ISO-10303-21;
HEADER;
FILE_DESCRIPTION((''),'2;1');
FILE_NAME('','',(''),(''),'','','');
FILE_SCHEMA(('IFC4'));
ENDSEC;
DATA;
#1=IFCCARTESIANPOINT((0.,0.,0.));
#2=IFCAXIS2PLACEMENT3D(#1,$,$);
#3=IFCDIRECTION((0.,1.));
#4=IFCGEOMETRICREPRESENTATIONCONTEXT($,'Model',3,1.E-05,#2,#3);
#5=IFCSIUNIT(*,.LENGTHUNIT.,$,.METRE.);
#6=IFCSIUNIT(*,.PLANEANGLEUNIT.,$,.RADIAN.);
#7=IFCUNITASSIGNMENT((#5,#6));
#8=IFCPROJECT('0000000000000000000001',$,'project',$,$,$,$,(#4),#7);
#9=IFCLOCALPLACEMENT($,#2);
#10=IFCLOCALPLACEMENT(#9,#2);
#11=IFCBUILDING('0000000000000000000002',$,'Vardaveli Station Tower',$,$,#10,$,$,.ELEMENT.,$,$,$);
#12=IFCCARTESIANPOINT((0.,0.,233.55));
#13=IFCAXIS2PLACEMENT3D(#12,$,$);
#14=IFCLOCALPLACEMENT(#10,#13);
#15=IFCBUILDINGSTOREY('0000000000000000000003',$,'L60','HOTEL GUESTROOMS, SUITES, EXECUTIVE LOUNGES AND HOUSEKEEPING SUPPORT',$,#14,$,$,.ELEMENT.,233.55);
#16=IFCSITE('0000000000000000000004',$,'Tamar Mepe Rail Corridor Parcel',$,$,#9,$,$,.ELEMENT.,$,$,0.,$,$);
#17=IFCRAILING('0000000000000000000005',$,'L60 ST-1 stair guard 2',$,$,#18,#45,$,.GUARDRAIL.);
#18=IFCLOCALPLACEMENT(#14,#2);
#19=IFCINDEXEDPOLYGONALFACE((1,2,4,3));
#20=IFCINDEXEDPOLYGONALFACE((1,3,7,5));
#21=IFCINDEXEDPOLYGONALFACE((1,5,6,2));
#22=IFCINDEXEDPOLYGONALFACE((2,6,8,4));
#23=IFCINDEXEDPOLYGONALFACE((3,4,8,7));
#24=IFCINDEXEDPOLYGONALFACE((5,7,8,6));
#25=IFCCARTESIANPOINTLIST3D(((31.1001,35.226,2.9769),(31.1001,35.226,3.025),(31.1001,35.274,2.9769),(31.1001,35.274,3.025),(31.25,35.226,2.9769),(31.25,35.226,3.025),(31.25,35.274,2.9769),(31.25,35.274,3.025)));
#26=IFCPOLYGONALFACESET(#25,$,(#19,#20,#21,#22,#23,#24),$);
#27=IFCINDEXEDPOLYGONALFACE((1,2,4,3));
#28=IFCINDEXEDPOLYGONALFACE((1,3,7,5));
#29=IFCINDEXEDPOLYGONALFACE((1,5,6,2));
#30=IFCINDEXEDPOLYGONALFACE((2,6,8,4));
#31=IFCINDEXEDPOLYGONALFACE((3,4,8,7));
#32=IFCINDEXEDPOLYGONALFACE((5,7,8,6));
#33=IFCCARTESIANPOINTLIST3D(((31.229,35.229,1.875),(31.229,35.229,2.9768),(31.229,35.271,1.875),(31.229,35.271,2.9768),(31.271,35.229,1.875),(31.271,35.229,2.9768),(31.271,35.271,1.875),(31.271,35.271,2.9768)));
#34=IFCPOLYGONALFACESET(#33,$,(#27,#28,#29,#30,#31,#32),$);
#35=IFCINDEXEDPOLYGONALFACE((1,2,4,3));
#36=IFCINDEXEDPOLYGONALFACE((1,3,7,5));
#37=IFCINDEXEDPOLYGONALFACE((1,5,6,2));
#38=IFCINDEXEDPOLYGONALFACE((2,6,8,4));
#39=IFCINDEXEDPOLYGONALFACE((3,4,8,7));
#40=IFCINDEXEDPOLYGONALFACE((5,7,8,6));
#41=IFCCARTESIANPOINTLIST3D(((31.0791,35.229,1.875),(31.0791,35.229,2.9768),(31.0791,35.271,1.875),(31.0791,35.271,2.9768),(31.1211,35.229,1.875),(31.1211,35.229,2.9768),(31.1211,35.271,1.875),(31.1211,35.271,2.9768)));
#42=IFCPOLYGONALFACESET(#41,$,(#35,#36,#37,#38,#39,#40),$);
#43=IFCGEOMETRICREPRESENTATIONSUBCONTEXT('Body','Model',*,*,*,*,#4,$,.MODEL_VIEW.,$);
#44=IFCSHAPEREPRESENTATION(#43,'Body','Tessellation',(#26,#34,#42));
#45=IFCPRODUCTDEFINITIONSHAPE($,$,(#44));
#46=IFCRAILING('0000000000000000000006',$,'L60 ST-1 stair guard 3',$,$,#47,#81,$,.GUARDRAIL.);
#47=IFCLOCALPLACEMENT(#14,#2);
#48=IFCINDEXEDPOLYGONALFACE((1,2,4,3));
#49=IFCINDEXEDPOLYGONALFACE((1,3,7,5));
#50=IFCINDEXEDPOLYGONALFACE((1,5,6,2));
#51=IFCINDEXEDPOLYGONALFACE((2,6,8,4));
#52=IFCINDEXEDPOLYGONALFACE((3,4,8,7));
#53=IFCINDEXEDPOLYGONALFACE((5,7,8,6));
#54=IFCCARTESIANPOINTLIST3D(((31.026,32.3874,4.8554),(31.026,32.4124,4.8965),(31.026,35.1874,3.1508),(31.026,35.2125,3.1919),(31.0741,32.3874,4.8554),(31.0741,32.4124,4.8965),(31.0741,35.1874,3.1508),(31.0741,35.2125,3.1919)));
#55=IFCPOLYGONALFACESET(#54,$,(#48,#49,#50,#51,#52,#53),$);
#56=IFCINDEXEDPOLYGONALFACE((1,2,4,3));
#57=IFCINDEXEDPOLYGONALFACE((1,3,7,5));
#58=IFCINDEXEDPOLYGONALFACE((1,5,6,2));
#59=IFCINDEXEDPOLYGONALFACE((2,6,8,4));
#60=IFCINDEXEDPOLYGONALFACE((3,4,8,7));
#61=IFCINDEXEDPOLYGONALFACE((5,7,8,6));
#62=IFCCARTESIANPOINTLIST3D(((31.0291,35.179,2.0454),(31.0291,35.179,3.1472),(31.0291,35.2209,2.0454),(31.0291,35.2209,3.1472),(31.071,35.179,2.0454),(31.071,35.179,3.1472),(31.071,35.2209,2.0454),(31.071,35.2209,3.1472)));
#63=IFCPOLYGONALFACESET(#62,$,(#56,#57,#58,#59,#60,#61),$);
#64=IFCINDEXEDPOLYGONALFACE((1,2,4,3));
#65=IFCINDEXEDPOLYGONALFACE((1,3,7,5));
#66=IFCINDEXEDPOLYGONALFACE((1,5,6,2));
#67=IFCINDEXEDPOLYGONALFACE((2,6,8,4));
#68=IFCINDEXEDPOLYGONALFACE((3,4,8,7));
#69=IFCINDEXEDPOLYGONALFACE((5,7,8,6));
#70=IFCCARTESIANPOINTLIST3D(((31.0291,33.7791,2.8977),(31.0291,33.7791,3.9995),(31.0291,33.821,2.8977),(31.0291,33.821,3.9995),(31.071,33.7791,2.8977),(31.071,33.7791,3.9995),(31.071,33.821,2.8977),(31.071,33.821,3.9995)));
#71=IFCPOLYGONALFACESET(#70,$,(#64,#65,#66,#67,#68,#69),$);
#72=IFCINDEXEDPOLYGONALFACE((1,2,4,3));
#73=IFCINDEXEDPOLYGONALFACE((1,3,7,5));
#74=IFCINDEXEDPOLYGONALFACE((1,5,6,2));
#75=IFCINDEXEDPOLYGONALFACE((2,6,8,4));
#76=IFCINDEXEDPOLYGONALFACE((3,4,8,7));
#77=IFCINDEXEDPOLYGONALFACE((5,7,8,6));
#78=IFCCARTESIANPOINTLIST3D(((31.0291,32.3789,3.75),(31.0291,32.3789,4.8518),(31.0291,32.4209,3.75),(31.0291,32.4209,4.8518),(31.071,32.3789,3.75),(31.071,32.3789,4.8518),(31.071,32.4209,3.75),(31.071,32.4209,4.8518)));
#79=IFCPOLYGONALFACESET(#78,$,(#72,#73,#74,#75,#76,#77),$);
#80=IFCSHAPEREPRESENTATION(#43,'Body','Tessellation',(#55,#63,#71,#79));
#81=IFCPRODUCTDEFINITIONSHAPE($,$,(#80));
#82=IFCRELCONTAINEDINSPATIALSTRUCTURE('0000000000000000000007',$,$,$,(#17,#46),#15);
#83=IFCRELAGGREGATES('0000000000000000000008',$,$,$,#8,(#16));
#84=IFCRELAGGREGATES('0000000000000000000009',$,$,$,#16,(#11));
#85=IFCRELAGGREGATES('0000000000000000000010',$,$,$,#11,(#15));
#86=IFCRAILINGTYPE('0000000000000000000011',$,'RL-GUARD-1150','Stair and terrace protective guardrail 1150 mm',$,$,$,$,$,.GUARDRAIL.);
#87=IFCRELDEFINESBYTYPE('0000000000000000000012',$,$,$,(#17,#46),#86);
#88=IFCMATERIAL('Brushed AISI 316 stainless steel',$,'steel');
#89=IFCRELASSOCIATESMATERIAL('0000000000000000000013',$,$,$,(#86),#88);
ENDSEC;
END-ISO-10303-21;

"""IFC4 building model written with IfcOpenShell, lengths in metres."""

from ifc_helpers import new_model, si_unit, direction, frame, origin, origin_2d, place, context, subcontext, project, spatial, rectangle, extrude, source, transform, mapped, material, type_object, element, save


model = new_model("IFC4")

# Units and contexts
model_context = context("Model", 3, precision=1e-05, world=origin(), true_north=direction((0.0, 1.0)))
body_context = subcontext(model_context, "Body", "Model", "MODEL_VIEW")
ifc_project = project(units=[si_unit("LENGTHUNIT", "METRE"), si_unit("PLANEANGLEUNIT", "RADIAN")], contexts=[model_context])

# Site, building, storey
site_placement = place(None, origin())
site = spatial("IfcSite", under=ifc_project, at=site_placement, Name="Tamar Mepe Rail Corridor Parcel", CompositionType="ELEMENT", RefElevation=0.0)
building_placement = place(site_placement, origin())
building = spatial("IfcBuilding", under=site, at=building_placement, Name="Vardaveli Station Tower", CompositionType="ELEMENT")
storey_placement = place(building_placement, frame((0.0, 0.0, 233.55)))
storey = spatial("IfcBuildingStorey", under=building, at=storey_placement, Name="L60", Description="HOTEL GUESTROOMS, SUITES, EXECUTIVE LOUNGES AND HOUSEKEEPING SUPPORT", CompositionType="ELEMENT", Elevation=233.55)

# Railings
ifc_material_1 = material(Name="Brushed AISI 316 stainless steel", Category="steel")
railing_type = type_object("IfcRailingType", Name="RL-GUARD-1150", Description="Stair and terrace protective guardrail 1150 mm", PredefinedType="GUARDRAIL", material=ifc_material_1)
shared_shape_1 = source(origin(), body_context, "Body", "SweptSolid", [
    extrude(rectangle(XDim=0.0481, YDim=0.0481, at=origin_2d()), frame((0.0, 0.0, 1.126), z_axis=(-1.0, 0.0, 0.0), x_axis=(0.0, -1.0, 0.0)), (0.0, 0.0, 1.0), 0.1499),
    extrude(rectangle(XDim=0.042, YDim=0.042, at=origin_2d()), origin(), (0.0, 0.0, 1.0), 1.1018),
    extrude(rectangle(XDim=0.042, YDim=0.042, at=origin_2d()), frame((-0.1499, 0.0, 0.0)), (0.0, 0.0, 1.0), 1.1018),
])
railing_1_placement = place(storey_placement, frame((31.25, 35.25, 1.875)))
element("IfcRailing", 1, at=railing_1_placement, inside=storey, type_object=railing_type, Name="L60 ST-1 stair guard 2", PredefinedType="GUARDRAIL", context=body_context, shape_type="MappedRepresentation", body=[
    mapped(shared_shape_1, transform((0.0, 0.0, 0.0), scale=1.0)),
])
shared_shape_2 = source(origin(), body_context, "Body", "SweptSolid", [
    extrude(rectangle(XDim=0.0481, YDim=0.0481, at=origin_2d()), frame((0.0, 0.0, 1.126), z_axis=(0.0, -0.85417, 0.519994), x_axis=(1.0, 0.0, 0.0)), (0.0, 0.0, 1.0), 3.2781),
    extrude(rectangle(XDim=0.042, YDim=0.042, at=origin_2d()), origin(), (0.0, 0.0, 1.0), 1.1018),
    extrude(rectangle(XDim=0.042, YDim=0.042, at=origin_2d()), frame((0.0, -1.3999, 0.8523)), (0.0, 0.0, 1.0), 1.1018),
    extrude(rectangle(XDim=0.042, YDim=0.042, at=origin_2d()), frame((0.0, -2.8, 1.7046)), (0.0, 0.0, 1.0), 1.1018),
])
railing_2_placement = place(storey_placement, frame((31.05, 35.2, 2.0454)))
element("IfcRailing", 2, at=railing_2_placement, inside=storey, type_object=railing_type, Name="L60 ST-1 stair guard 3", PredefinedType="GUARDRAIL", context=body_context, shape_type="MappedRepresentation", body=[
    mapped(shared_shape_2, transform((0.0, 0.0, 0.0), scale=1.0)),
])

save(model, "model.ifc")
